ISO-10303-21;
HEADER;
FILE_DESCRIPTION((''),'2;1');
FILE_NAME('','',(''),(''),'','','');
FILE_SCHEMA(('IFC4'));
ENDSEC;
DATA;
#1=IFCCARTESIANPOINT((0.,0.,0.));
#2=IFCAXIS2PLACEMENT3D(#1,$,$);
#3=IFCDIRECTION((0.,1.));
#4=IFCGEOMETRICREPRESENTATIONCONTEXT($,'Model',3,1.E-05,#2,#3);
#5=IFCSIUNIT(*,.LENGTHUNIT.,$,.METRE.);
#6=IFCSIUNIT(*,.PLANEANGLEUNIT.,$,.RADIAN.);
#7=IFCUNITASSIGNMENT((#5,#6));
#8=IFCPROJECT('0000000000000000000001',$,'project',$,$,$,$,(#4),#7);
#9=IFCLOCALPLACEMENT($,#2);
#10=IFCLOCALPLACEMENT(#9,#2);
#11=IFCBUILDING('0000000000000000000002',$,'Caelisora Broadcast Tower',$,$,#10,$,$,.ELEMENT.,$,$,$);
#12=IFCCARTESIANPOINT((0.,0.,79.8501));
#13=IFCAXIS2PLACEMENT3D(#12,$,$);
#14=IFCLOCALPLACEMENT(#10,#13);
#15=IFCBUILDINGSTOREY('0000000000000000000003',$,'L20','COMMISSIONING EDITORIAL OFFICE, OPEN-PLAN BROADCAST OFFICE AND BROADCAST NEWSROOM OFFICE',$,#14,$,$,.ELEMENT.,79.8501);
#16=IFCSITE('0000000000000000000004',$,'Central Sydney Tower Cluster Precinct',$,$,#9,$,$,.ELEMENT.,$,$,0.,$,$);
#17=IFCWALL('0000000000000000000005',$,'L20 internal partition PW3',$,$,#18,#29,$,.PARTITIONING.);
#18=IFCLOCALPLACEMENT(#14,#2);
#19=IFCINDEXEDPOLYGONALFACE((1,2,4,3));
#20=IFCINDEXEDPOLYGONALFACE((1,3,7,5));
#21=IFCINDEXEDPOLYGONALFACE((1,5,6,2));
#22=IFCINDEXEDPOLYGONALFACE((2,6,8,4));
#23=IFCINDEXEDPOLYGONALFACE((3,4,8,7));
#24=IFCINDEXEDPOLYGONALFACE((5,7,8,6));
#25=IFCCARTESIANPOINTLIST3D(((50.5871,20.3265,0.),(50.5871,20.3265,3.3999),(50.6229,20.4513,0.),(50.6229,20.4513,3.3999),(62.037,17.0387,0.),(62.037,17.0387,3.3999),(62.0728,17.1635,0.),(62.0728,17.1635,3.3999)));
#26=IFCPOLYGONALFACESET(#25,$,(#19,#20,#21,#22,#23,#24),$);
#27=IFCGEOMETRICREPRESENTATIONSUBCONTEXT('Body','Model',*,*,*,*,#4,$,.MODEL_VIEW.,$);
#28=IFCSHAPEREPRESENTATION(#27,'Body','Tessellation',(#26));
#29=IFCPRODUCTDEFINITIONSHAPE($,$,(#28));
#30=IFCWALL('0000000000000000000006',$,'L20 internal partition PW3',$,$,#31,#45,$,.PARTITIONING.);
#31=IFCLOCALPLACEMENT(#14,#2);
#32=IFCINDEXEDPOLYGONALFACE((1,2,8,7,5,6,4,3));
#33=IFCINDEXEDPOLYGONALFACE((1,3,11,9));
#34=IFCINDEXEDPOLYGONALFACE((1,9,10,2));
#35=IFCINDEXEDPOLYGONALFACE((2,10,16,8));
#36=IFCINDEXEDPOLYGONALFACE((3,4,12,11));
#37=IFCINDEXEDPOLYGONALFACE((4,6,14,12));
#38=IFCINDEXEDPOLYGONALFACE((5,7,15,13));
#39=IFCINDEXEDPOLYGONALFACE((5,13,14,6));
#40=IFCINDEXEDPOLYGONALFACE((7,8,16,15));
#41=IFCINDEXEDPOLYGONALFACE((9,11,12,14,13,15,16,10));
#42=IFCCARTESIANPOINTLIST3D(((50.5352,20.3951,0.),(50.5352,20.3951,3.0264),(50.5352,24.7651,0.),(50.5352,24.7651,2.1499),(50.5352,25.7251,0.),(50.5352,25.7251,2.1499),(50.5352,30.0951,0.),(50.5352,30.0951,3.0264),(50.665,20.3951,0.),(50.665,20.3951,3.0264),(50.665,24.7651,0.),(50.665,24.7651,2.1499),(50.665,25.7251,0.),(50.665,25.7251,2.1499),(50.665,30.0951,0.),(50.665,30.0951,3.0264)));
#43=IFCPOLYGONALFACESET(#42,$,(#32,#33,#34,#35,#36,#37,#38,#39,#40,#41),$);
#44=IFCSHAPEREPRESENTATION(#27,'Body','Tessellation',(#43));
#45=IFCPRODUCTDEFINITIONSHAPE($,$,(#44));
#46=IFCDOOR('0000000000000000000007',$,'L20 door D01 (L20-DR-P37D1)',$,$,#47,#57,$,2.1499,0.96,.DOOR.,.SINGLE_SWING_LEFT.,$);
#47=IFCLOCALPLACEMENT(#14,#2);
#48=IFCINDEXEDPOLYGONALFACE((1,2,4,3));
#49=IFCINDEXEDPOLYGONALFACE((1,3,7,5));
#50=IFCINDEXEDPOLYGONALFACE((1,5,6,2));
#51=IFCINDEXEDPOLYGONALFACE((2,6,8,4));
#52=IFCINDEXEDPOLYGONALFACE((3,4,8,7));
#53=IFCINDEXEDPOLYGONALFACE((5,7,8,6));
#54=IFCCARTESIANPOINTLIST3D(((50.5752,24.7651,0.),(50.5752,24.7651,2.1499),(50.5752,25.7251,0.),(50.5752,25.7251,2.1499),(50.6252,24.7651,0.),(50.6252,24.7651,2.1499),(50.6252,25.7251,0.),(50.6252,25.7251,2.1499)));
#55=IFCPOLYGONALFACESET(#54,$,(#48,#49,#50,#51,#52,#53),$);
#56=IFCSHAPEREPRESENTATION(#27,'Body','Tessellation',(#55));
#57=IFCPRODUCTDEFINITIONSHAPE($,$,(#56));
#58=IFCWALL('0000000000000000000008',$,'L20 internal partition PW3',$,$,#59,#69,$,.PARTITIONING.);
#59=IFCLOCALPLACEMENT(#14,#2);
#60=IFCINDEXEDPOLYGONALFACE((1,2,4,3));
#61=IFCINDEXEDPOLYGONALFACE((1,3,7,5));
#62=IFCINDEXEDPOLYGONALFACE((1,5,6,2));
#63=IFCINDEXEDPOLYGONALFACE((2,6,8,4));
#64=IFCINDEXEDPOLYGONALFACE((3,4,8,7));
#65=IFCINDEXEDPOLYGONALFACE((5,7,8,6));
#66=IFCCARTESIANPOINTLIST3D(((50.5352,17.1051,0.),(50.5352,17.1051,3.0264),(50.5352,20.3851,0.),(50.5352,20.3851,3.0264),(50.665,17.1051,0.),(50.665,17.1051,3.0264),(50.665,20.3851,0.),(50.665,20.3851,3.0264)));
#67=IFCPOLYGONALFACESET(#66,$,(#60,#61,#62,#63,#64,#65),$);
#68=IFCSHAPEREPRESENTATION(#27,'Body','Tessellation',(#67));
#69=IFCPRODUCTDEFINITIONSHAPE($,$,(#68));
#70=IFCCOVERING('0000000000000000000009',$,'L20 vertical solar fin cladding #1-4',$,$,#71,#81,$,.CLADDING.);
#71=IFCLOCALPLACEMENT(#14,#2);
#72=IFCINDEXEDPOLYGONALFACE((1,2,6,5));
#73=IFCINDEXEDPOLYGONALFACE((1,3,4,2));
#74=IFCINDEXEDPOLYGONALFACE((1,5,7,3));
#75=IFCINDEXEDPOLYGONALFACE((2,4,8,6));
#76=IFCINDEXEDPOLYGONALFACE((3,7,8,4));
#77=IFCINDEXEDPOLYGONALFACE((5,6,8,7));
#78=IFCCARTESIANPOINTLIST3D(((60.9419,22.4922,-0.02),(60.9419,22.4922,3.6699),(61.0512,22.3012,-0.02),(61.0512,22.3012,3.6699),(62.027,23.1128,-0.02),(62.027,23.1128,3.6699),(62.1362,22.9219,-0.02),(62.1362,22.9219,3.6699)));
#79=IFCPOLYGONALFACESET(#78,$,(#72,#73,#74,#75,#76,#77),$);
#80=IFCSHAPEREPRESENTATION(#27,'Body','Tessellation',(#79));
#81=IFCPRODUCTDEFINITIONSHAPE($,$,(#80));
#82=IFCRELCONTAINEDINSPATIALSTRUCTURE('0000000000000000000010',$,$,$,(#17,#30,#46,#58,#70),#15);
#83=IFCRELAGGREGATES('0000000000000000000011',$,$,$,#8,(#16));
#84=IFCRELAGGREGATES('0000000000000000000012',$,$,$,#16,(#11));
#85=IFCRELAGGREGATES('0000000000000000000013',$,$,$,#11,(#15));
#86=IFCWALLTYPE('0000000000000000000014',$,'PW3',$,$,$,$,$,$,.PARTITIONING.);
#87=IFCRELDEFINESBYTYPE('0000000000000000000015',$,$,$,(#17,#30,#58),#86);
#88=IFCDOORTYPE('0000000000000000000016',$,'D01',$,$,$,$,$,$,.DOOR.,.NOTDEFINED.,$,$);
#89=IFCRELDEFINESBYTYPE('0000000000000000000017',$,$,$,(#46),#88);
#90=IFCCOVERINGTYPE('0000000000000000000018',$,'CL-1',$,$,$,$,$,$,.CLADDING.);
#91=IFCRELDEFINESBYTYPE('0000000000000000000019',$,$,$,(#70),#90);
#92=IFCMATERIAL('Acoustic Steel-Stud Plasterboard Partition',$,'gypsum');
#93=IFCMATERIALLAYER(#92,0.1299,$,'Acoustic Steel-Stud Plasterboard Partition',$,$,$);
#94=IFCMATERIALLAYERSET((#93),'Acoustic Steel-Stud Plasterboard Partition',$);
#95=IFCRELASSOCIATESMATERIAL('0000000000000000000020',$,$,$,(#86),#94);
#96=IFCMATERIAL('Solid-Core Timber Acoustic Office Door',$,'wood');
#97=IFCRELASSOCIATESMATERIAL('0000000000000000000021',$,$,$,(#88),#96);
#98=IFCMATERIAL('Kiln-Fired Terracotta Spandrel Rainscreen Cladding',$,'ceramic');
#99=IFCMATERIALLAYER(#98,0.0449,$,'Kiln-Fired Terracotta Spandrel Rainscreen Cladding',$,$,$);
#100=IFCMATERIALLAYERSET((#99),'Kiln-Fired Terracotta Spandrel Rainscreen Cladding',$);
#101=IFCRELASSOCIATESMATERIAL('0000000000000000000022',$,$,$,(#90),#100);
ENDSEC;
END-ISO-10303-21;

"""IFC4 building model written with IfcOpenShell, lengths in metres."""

from ifc_helpers import new_model, si_unit, direction, frame, frame_2d, origin, origin_2d, place, context, subcontext, project, spatial, rectangle, extrude, source, transform, mapped, material, layer, layer_set, type_object, type_shapes, element, fill, save


model = new_model("IFC4")

# Units and contexts
model_context = context("Model", 3, precision=1e-05, world=origin(), true_north=direction((0.0, 1.0)))
body_context = subcontext(model_context, "Body", "Model", "MODEL_VIEW")
ifc_project = project(units=[si_unit("LENGTHUNIT", "METRE"), si_unit("PLANEANGLEUNIT", "RADIAN")], contexts=[model_context])

# Site, building, storey
site_placement = place(None, origin())
site = spatial("IfcSite", under=ifc_project, at=site_placement, Name="Central Sydney Tower Cluster Precinct", CompositionType="ELEMENT", RefElevation=0.0)
building_placement = place(site_placement, origin())
building = spatial("IfcBuilding", under=site, at=building_placement, Name="Caelisora Broadcast Tower", CompositionType="ELEMENT")
storey_placement = place(building_placement, frame((0.0, 0.0, 79.8501)))
storey = spatial("IfcBuildingStorey", under=building, at=storey_placement, Name="L20", Description="COMMISSIONING EDITORIAL OFFICE, OPEN-PLAN BROADCAST OFFICE AND BROADCAST NEWSROOM OFFICE", CompositionType="ELEMENT", Elevation=79.8501)

# Wall
ifc_material_1 = material(Name="Acoustic Steel-Stud Plasterboard Partition", Category="gypsum")
ifc_layer_1 = layer(ifc_material_1, 0.1299, Name="Acoustic Steel-Stud Plasterboard Partition")
ifc_layer_set_1 = layer_set([ifc_layer_1], Name="Acoustic Steel-Stud Plasterboard Partition")
wall_type_1 = type_object("IfcWallType", Name="PW3", PredefinedType="PARTITIONING", material=ifc_layer_set_1)
wall_1_placement = place(storey_placement, frame((50.605, 20.3889, 0.0), z_axis=(0.0, 0.0, 1.0), x_axis=(0.961159, -0.275996, 0.0)))
element("IfcWall", 1, at=wall_1_placement, inside=storey, type_object=wall_type_1, Name="L20 internal partition PW3", PredefinedType="PARTITIONING", context=body_context, shape_type="SweptSolid", body=[
    extrude(rectangle(XDim=11.9126, YDim=0.1299, at=frame_2d((5.9563, 0.0))), origin(), (0.0, 0.0, 1.0), 3.3999),
])

# Wall, opening, door
wall_2_placement = place(storey_placement, frame((50.6001, 20.395, 0.0), z_axis=(0.0, 0.0, 1.0), x_axis=(0.0, 1.0, 0.0)))
wall_2 = element("IfcWall", 2, at=wall_2_placement, inside=storey, type_object=wall_type_1, Name="L20 internal partition PW3", PredefinedType="PARTITIONING", context=body_context, shape_type="SweptSolid", body=[
    extrude(rectangle(XDim=9.7, YDim=0.1299, at=frame_2d((4.8501, 0.0))), origin(), (0.0, 0.0, 1.0), 3.0264),
])
opening_1_placement = place(wall_2_placement, frame((4.3701, 0.0, 0.0)))
opening_1 = element("IfcOpeningElement", 3, at=opening_1_placement, cuts=wall_2, PredefinedType="OPENING", context=body_context, shape_type="SweptSolid", body=[
    extrude(rectangle(XDim=0.96, YDim=2.1499, at=frame_2d((0.48, 1.075))), frame((0.0, 0.0769, 0.0), z_axis=(0.0, -1.0, 0.0), x_axis=(1.0, 0.0, 0.0)), (0.0, 0.0, 1.0), 0.1538),
])
ifc_material_2 = material(Name="Solid-Core Timber Acoustic Office Door", Category="wood")
door_type_1 = type_object("IfcDoorType", Name="D01", OperationType="NOTDEFINED", PredefinedType="DOOR", material=ifc_material_2)
door_1_placement = place(opening_1_placement, origin())
door_1 = element("IfcDoor", 4, at=door_1_placement, inside=storey, type_object=door_type_1, Name="L20 door D01 (L20-DR-P37D1)", OperationType="SINGLE_SWING_LEFT", OverallHeight=2.1499, OverallWidth=0.96, PredefinedType="DOOR", context=body_context, shape_type="SweptSolid", body=[
    extrude(rectangle(XDim=0.96, YDim=2.1499, at=frame_2d((0.48, 1.075))), frame((0.0, 0.0249, 0.0), z_axis=(0.0, -1.0, 0.0), x_axis=(1.0, 0.0, 0.0)), (0.0, 0.0, 1.0), 0.05),
])
fill(opening_1, door_1)

# Wall
wall_3_placement = place(storey_placement, frame((50.6001, 17.105, 0.0), z_axis=(0.0, 0.0, 1.0), x_axis=(0.0, 1.0, 0.0)))
element("IfcWall", 5, at=wall_3_placement, inside=storey, type_object=wall_type_1, Name="L20 internal partition PW3", PredefinedType="PARTITIONING", context=body_context, shape_type="SweptSolid", body=[
    extrude(rectangle(XDim=3.28, YDim=0.1299, at=frame_2d((1.6401, 0.0))), origin(), (0.0, 0.0, 1.0), 3.0264),
])

# Covering
ifc_material_3 = material(Name="Kiln-Fired Terracotta Spandrel Rainscreen Cladding", Category="ceramic")
ifc_layer_2 = layer(ifc_material_3, 0.0449, Name="Kiln-Fired Terracotta Spandrel Rainscreen Cladding")
ifc_layer_set_2 = layer_set([ifc_layer_2], Name="Kiln-Fired Terracotta Spandrel Rainscreen Cladding")
covering_type = type_object("IfcCoveringType", Name="CL-1", PredefinedType="CLADDING", material=ifc_layer_set_2)
shared_shape_1 = source(origin(), body_context, "Body", "SweptSolid", [
    extrude(rectangle(XDim=0.22, YDim=1.25, at=origin_2d()), origin(), (0.0, 0.0, 1.0), 3.6899),
])
type_shapes(covering_type, [shared_shape_1])
covering_placement = place(storey_placement, frame((61.5391, 22.707, -0.02), z_axis=(0.0, 0.0, 1.0), x_axis=(0.49652, -0.868026, 0.0)))
element("IfcCovering", 6, at=covering_placement, inside=storey, type_object=covering_type, Name="L20 vertical solar fin cladding #1-4", PredefinedType="CLADDING", context=body_context, shape_type="MappedRepresentation", body=[
    mapped(shared_shape_1, transform((0.0, 0.0, 0.0), scale=1.0)),
])

save(model, "model.ifc")
